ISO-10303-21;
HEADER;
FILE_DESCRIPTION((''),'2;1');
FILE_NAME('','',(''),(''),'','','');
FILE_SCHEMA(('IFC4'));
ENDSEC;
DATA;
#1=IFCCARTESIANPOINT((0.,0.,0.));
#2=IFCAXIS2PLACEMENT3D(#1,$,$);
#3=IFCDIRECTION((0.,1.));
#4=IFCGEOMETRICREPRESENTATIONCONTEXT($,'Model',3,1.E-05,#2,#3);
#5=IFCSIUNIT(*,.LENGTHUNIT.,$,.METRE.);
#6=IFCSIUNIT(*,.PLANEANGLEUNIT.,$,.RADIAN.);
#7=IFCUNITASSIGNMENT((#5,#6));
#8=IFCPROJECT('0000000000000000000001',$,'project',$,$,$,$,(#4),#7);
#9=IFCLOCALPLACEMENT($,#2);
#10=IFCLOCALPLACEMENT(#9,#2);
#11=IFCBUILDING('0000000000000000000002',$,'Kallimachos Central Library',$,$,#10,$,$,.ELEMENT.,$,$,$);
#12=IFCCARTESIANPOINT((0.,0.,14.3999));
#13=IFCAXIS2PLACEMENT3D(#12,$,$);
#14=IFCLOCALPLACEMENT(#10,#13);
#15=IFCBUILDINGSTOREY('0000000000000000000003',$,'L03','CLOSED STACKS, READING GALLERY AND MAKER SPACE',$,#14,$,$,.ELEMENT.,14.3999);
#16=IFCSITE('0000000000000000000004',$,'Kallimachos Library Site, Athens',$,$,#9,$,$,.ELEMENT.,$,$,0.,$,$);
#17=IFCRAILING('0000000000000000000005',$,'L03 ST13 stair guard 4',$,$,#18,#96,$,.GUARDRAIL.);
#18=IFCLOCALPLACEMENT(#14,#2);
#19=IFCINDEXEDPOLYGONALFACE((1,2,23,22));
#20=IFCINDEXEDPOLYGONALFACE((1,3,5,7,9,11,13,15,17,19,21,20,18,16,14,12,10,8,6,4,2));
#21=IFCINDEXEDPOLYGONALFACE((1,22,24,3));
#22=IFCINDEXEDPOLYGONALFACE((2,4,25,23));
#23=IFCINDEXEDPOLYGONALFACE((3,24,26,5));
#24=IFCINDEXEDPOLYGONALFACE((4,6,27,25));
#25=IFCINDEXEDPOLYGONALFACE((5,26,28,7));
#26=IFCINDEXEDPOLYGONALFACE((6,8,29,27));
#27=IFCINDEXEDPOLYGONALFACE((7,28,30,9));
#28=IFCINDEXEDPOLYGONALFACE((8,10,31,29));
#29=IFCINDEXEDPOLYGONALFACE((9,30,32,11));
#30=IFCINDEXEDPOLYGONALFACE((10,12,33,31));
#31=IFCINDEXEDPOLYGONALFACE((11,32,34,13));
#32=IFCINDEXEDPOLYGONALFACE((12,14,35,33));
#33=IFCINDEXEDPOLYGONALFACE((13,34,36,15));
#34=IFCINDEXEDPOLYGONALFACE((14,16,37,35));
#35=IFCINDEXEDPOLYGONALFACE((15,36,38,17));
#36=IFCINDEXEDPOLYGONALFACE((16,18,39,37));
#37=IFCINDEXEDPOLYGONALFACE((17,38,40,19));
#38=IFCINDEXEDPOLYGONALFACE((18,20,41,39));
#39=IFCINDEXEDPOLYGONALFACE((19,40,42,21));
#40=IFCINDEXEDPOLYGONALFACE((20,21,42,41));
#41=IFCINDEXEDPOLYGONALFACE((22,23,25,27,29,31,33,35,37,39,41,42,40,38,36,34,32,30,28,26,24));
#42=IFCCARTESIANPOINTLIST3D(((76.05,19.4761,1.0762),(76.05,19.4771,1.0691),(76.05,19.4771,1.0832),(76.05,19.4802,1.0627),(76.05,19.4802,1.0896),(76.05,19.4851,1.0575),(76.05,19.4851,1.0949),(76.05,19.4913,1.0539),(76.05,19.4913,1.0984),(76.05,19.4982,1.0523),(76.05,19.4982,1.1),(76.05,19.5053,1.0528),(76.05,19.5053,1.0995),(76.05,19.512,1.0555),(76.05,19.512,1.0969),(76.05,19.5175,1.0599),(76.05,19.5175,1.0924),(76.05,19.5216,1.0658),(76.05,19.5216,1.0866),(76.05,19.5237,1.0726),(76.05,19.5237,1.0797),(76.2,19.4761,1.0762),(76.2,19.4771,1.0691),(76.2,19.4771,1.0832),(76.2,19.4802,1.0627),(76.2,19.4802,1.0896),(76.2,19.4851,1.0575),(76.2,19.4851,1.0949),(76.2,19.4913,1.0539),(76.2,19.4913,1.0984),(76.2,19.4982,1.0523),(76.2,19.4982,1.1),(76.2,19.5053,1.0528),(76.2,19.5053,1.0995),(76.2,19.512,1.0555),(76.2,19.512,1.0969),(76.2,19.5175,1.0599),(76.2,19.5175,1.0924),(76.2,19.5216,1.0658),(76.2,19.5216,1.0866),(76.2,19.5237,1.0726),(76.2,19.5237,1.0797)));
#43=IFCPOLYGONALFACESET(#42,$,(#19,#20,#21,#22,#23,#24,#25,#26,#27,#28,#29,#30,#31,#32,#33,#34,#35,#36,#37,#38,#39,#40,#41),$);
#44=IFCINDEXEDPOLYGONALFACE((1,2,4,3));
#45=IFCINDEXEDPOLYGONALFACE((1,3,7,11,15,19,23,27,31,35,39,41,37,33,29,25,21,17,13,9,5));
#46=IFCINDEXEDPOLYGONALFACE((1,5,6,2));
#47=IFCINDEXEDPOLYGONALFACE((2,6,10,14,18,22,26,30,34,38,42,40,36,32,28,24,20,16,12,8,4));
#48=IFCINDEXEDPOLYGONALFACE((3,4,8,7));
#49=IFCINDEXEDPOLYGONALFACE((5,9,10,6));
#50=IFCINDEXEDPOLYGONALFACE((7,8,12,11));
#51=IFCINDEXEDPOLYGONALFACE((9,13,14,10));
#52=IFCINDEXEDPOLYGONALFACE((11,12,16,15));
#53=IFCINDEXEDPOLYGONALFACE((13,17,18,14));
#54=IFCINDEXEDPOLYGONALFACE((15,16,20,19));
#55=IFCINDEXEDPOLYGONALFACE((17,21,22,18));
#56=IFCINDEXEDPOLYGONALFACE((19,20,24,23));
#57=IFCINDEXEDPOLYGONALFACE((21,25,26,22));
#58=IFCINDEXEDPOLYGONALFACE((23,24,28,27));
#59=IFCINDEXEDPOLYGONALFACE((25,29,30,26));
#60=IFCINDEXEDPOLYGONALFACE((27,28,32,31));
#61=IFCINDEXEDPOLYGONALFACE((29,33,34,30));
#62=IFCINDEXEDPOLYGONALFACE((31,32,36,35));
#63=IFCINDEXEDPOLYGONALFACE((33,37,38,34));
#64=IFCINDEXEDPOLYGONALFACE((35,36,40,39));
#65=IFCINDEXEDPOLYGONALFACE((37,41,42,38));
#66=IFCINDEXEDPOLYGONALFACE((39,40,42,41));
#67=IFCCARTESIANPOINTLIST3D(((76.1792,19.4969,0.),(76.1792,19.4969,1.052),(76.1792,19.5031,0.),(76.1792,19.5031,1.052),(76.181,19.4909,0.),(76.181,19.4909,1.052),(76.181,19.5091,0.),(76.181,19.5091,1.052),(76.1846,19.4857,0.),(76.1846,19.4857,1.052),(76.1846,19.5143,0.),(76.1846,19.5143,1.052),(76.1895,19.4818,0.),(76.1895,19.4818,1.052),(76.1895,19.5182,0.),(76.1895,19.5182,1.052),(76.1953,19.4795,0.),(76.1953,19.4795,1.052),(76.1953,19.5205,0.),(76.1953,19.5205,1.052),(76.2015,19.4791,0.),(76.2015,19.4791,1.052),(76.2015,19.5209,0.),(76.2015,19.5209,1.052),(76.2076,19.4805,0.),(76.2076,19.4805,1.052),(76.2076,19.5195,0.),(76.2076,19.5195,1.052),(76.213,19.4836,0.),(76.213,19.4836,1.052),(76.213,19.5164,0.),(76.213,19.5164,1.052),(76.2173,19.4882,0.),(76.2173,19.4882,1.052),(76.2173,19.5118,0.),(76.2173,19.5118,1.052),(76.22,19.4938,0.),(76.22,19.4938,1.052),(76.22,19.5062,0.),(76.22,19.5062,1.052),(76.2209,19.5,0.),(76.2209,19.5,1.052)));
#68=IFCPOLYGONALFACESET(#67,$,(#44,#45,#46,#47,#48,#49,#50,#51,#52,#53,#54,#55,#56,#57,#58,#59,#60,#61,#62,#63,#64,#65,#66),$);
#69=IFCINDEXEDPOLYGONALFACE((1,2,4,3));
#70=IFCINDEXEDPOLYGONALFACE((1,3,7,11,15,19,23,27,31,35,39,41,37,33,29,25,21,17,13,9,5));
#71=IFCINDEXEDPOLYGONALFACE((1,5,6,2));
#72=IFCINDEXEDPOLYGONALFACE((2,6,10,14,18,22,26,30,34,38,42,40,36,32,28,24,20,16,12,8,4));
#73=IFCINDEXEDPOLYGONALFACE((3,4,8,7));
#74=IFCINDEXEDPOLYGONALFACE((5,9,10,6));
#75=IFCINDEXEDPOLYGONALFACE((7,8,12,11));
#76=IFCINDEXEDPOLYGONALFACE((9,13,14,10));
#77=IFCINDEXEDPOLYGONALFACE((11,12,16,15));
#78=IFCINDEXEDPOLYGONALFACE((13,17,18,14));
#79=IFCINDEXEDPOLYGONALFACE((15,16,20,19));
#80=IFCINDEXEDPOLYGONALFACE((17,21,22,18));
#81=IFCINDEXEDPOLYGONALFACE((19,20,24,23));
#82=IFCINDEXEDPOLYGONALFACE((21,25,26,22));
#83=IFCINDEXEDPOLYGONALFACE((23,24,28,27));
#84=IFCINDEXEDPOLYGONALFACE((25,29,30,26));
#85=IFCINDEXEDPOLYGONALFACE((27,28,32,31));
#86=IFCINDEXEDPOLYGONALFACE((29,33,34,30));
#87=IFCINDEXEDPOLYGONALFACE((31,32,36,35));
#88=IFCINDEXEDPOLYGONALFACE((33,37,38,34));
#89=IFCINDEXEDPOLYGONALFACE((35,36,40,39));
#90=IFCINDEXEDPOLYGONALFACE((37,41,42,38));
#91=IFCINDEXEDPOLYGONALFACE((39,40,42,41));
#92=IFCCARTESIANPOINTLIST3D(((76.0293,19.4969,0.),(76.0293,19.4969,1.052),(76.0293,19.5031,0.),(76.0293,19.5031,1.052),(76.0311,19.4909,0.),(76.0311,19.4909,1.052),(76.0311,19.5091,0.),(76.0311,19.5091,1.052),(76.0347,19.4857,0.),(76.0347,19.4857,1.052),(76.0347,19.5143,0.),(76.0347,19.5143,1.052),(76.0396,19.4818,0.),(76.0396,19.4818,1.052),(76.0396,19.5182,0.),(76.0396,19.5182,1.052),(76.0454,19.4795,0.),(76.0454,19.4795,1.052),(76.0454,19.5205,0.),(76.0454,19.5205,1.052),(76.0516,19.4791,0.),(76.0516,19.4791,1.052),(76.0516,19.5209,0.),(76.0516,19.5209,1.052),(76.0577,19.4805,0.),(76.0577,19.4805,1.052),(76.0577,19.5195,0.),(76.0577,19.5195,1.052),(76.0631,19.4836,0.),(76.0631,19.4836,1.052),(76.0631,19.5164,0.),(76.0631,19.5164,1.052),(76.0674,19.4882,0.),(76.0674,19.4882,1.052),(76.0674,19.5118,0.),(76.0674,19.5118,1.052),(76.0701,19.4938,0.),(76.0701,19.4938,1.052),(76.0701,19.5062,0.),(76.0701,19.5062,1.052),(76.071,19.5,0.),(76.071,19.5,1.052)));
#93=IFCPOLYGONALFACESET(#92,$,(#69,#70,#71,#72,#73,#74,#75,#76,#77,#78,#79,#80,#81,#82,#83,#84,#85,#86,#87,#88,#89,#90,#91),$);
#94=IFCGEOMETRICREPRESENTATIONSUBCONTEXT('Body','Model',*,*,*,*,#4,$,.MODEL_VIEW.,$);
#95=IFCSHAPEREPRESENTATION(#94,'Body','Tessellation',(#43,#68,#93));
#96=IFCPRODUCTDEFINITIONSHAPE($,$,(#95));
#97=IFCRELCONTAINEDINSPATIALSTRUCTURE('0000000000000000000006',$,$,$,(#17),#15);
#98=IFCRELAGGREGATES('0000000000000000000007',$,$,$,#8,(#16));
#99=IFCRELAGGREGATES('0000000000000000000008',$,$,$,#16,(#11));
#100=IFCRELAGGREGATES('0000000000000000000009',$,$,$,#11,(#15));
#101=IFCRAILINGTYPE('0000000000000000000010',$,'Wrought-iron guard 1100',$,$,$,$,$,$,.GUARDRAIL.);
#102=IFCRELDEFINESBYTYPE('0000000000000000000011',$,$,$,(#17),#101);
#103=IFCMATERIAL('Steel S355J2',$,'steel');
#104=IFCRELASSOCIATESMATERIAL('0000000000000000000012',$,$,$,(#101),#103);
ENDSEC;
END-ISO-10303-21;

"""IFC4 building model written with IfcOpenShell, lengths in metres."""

from ifc_helpers import new_model, si_unit, direction, frame, origin, origin_2d, place, context, subcontext, project, spatial, circle, extrude, material, type_object, element, save


model = new_model("IFC4")

# Units and contexts
model_context = context("Model", 3, precision=1e-05, world=origin(), true_north=direction((0.0, 1.0)))
body_context = subcontext(model_context, "Body", "Model", "MODEL_VIEW")
ifc_project = project(units=[si_unit("LENGTHUNIT", "METRE"), si_unit("PLANEANGLEUNIT", "RADIAN")], contexts=[model_context])

# Site, building, storey
site_placement = place(None, origin())
site = spatial("IfcSite", under=ifc_project, at=site_placement, Name="Kallimachos Library Site, Athens", CompositionType="ELEMENT", RefElevation=0.0)
building_placement = place(site_placement, origin())
building = spatial("IfcBuilding", under=site, at=building_placement, Name="Kallimachos Central Library", CompositionType="ELEMENT")
storey_placement = place(building_placement, frame((0.0, 0.0, 14.3999)))
storey = spatial("IfcBuildingStorey", under=building, at=storey_placement, Name="L03", Description="CLOSED STACKS, READING GALLERY AND MAKER SPACE", CompositionType="ELEMENT", Elevation=14.3999)

# Railing
ifc_material_1 = material(Name="Steel S355J2", Category="steel")
railing_type_1 = type_object("IfcRailingType", Name="Wrought-iron guard 1100", PredefinedType="GUARDRAIL", material=ifc_material_1)
railing_1_placement = place(storey_placement, frame((76.2, 19.5, 0.0)))
element("IfcRailing", 1, at=railing_1_placement, inside=storey, type_object=railing_type_1, Name="L03 ST13 stair guard 4", PredefinedType="GUARDRAIL", context=body_context, shape_type="SweptSolid", body=[
    extrude(circle(Radius=0.0239, at=origin_2d()), frame((0.0, 0.0, 1.0762), z_axis=(-1.0, 0.0, 0.0), x_axis=(0.0, -1.0, 0.0)), (0.0, 0.0, 1.0), 0.1499),
    extrude(circle(Radius=0.021, at=origin_2d()), origin(), (0.0, 0.0, 1.0), 1.052),
    extrude(circle(Radius=0.021, at=origin_2d()), frame((-0.1499, 0.0, 0.0)), (0.0, 0.0, 1.0), 1.052),
])

save(model, "model.ifc")
